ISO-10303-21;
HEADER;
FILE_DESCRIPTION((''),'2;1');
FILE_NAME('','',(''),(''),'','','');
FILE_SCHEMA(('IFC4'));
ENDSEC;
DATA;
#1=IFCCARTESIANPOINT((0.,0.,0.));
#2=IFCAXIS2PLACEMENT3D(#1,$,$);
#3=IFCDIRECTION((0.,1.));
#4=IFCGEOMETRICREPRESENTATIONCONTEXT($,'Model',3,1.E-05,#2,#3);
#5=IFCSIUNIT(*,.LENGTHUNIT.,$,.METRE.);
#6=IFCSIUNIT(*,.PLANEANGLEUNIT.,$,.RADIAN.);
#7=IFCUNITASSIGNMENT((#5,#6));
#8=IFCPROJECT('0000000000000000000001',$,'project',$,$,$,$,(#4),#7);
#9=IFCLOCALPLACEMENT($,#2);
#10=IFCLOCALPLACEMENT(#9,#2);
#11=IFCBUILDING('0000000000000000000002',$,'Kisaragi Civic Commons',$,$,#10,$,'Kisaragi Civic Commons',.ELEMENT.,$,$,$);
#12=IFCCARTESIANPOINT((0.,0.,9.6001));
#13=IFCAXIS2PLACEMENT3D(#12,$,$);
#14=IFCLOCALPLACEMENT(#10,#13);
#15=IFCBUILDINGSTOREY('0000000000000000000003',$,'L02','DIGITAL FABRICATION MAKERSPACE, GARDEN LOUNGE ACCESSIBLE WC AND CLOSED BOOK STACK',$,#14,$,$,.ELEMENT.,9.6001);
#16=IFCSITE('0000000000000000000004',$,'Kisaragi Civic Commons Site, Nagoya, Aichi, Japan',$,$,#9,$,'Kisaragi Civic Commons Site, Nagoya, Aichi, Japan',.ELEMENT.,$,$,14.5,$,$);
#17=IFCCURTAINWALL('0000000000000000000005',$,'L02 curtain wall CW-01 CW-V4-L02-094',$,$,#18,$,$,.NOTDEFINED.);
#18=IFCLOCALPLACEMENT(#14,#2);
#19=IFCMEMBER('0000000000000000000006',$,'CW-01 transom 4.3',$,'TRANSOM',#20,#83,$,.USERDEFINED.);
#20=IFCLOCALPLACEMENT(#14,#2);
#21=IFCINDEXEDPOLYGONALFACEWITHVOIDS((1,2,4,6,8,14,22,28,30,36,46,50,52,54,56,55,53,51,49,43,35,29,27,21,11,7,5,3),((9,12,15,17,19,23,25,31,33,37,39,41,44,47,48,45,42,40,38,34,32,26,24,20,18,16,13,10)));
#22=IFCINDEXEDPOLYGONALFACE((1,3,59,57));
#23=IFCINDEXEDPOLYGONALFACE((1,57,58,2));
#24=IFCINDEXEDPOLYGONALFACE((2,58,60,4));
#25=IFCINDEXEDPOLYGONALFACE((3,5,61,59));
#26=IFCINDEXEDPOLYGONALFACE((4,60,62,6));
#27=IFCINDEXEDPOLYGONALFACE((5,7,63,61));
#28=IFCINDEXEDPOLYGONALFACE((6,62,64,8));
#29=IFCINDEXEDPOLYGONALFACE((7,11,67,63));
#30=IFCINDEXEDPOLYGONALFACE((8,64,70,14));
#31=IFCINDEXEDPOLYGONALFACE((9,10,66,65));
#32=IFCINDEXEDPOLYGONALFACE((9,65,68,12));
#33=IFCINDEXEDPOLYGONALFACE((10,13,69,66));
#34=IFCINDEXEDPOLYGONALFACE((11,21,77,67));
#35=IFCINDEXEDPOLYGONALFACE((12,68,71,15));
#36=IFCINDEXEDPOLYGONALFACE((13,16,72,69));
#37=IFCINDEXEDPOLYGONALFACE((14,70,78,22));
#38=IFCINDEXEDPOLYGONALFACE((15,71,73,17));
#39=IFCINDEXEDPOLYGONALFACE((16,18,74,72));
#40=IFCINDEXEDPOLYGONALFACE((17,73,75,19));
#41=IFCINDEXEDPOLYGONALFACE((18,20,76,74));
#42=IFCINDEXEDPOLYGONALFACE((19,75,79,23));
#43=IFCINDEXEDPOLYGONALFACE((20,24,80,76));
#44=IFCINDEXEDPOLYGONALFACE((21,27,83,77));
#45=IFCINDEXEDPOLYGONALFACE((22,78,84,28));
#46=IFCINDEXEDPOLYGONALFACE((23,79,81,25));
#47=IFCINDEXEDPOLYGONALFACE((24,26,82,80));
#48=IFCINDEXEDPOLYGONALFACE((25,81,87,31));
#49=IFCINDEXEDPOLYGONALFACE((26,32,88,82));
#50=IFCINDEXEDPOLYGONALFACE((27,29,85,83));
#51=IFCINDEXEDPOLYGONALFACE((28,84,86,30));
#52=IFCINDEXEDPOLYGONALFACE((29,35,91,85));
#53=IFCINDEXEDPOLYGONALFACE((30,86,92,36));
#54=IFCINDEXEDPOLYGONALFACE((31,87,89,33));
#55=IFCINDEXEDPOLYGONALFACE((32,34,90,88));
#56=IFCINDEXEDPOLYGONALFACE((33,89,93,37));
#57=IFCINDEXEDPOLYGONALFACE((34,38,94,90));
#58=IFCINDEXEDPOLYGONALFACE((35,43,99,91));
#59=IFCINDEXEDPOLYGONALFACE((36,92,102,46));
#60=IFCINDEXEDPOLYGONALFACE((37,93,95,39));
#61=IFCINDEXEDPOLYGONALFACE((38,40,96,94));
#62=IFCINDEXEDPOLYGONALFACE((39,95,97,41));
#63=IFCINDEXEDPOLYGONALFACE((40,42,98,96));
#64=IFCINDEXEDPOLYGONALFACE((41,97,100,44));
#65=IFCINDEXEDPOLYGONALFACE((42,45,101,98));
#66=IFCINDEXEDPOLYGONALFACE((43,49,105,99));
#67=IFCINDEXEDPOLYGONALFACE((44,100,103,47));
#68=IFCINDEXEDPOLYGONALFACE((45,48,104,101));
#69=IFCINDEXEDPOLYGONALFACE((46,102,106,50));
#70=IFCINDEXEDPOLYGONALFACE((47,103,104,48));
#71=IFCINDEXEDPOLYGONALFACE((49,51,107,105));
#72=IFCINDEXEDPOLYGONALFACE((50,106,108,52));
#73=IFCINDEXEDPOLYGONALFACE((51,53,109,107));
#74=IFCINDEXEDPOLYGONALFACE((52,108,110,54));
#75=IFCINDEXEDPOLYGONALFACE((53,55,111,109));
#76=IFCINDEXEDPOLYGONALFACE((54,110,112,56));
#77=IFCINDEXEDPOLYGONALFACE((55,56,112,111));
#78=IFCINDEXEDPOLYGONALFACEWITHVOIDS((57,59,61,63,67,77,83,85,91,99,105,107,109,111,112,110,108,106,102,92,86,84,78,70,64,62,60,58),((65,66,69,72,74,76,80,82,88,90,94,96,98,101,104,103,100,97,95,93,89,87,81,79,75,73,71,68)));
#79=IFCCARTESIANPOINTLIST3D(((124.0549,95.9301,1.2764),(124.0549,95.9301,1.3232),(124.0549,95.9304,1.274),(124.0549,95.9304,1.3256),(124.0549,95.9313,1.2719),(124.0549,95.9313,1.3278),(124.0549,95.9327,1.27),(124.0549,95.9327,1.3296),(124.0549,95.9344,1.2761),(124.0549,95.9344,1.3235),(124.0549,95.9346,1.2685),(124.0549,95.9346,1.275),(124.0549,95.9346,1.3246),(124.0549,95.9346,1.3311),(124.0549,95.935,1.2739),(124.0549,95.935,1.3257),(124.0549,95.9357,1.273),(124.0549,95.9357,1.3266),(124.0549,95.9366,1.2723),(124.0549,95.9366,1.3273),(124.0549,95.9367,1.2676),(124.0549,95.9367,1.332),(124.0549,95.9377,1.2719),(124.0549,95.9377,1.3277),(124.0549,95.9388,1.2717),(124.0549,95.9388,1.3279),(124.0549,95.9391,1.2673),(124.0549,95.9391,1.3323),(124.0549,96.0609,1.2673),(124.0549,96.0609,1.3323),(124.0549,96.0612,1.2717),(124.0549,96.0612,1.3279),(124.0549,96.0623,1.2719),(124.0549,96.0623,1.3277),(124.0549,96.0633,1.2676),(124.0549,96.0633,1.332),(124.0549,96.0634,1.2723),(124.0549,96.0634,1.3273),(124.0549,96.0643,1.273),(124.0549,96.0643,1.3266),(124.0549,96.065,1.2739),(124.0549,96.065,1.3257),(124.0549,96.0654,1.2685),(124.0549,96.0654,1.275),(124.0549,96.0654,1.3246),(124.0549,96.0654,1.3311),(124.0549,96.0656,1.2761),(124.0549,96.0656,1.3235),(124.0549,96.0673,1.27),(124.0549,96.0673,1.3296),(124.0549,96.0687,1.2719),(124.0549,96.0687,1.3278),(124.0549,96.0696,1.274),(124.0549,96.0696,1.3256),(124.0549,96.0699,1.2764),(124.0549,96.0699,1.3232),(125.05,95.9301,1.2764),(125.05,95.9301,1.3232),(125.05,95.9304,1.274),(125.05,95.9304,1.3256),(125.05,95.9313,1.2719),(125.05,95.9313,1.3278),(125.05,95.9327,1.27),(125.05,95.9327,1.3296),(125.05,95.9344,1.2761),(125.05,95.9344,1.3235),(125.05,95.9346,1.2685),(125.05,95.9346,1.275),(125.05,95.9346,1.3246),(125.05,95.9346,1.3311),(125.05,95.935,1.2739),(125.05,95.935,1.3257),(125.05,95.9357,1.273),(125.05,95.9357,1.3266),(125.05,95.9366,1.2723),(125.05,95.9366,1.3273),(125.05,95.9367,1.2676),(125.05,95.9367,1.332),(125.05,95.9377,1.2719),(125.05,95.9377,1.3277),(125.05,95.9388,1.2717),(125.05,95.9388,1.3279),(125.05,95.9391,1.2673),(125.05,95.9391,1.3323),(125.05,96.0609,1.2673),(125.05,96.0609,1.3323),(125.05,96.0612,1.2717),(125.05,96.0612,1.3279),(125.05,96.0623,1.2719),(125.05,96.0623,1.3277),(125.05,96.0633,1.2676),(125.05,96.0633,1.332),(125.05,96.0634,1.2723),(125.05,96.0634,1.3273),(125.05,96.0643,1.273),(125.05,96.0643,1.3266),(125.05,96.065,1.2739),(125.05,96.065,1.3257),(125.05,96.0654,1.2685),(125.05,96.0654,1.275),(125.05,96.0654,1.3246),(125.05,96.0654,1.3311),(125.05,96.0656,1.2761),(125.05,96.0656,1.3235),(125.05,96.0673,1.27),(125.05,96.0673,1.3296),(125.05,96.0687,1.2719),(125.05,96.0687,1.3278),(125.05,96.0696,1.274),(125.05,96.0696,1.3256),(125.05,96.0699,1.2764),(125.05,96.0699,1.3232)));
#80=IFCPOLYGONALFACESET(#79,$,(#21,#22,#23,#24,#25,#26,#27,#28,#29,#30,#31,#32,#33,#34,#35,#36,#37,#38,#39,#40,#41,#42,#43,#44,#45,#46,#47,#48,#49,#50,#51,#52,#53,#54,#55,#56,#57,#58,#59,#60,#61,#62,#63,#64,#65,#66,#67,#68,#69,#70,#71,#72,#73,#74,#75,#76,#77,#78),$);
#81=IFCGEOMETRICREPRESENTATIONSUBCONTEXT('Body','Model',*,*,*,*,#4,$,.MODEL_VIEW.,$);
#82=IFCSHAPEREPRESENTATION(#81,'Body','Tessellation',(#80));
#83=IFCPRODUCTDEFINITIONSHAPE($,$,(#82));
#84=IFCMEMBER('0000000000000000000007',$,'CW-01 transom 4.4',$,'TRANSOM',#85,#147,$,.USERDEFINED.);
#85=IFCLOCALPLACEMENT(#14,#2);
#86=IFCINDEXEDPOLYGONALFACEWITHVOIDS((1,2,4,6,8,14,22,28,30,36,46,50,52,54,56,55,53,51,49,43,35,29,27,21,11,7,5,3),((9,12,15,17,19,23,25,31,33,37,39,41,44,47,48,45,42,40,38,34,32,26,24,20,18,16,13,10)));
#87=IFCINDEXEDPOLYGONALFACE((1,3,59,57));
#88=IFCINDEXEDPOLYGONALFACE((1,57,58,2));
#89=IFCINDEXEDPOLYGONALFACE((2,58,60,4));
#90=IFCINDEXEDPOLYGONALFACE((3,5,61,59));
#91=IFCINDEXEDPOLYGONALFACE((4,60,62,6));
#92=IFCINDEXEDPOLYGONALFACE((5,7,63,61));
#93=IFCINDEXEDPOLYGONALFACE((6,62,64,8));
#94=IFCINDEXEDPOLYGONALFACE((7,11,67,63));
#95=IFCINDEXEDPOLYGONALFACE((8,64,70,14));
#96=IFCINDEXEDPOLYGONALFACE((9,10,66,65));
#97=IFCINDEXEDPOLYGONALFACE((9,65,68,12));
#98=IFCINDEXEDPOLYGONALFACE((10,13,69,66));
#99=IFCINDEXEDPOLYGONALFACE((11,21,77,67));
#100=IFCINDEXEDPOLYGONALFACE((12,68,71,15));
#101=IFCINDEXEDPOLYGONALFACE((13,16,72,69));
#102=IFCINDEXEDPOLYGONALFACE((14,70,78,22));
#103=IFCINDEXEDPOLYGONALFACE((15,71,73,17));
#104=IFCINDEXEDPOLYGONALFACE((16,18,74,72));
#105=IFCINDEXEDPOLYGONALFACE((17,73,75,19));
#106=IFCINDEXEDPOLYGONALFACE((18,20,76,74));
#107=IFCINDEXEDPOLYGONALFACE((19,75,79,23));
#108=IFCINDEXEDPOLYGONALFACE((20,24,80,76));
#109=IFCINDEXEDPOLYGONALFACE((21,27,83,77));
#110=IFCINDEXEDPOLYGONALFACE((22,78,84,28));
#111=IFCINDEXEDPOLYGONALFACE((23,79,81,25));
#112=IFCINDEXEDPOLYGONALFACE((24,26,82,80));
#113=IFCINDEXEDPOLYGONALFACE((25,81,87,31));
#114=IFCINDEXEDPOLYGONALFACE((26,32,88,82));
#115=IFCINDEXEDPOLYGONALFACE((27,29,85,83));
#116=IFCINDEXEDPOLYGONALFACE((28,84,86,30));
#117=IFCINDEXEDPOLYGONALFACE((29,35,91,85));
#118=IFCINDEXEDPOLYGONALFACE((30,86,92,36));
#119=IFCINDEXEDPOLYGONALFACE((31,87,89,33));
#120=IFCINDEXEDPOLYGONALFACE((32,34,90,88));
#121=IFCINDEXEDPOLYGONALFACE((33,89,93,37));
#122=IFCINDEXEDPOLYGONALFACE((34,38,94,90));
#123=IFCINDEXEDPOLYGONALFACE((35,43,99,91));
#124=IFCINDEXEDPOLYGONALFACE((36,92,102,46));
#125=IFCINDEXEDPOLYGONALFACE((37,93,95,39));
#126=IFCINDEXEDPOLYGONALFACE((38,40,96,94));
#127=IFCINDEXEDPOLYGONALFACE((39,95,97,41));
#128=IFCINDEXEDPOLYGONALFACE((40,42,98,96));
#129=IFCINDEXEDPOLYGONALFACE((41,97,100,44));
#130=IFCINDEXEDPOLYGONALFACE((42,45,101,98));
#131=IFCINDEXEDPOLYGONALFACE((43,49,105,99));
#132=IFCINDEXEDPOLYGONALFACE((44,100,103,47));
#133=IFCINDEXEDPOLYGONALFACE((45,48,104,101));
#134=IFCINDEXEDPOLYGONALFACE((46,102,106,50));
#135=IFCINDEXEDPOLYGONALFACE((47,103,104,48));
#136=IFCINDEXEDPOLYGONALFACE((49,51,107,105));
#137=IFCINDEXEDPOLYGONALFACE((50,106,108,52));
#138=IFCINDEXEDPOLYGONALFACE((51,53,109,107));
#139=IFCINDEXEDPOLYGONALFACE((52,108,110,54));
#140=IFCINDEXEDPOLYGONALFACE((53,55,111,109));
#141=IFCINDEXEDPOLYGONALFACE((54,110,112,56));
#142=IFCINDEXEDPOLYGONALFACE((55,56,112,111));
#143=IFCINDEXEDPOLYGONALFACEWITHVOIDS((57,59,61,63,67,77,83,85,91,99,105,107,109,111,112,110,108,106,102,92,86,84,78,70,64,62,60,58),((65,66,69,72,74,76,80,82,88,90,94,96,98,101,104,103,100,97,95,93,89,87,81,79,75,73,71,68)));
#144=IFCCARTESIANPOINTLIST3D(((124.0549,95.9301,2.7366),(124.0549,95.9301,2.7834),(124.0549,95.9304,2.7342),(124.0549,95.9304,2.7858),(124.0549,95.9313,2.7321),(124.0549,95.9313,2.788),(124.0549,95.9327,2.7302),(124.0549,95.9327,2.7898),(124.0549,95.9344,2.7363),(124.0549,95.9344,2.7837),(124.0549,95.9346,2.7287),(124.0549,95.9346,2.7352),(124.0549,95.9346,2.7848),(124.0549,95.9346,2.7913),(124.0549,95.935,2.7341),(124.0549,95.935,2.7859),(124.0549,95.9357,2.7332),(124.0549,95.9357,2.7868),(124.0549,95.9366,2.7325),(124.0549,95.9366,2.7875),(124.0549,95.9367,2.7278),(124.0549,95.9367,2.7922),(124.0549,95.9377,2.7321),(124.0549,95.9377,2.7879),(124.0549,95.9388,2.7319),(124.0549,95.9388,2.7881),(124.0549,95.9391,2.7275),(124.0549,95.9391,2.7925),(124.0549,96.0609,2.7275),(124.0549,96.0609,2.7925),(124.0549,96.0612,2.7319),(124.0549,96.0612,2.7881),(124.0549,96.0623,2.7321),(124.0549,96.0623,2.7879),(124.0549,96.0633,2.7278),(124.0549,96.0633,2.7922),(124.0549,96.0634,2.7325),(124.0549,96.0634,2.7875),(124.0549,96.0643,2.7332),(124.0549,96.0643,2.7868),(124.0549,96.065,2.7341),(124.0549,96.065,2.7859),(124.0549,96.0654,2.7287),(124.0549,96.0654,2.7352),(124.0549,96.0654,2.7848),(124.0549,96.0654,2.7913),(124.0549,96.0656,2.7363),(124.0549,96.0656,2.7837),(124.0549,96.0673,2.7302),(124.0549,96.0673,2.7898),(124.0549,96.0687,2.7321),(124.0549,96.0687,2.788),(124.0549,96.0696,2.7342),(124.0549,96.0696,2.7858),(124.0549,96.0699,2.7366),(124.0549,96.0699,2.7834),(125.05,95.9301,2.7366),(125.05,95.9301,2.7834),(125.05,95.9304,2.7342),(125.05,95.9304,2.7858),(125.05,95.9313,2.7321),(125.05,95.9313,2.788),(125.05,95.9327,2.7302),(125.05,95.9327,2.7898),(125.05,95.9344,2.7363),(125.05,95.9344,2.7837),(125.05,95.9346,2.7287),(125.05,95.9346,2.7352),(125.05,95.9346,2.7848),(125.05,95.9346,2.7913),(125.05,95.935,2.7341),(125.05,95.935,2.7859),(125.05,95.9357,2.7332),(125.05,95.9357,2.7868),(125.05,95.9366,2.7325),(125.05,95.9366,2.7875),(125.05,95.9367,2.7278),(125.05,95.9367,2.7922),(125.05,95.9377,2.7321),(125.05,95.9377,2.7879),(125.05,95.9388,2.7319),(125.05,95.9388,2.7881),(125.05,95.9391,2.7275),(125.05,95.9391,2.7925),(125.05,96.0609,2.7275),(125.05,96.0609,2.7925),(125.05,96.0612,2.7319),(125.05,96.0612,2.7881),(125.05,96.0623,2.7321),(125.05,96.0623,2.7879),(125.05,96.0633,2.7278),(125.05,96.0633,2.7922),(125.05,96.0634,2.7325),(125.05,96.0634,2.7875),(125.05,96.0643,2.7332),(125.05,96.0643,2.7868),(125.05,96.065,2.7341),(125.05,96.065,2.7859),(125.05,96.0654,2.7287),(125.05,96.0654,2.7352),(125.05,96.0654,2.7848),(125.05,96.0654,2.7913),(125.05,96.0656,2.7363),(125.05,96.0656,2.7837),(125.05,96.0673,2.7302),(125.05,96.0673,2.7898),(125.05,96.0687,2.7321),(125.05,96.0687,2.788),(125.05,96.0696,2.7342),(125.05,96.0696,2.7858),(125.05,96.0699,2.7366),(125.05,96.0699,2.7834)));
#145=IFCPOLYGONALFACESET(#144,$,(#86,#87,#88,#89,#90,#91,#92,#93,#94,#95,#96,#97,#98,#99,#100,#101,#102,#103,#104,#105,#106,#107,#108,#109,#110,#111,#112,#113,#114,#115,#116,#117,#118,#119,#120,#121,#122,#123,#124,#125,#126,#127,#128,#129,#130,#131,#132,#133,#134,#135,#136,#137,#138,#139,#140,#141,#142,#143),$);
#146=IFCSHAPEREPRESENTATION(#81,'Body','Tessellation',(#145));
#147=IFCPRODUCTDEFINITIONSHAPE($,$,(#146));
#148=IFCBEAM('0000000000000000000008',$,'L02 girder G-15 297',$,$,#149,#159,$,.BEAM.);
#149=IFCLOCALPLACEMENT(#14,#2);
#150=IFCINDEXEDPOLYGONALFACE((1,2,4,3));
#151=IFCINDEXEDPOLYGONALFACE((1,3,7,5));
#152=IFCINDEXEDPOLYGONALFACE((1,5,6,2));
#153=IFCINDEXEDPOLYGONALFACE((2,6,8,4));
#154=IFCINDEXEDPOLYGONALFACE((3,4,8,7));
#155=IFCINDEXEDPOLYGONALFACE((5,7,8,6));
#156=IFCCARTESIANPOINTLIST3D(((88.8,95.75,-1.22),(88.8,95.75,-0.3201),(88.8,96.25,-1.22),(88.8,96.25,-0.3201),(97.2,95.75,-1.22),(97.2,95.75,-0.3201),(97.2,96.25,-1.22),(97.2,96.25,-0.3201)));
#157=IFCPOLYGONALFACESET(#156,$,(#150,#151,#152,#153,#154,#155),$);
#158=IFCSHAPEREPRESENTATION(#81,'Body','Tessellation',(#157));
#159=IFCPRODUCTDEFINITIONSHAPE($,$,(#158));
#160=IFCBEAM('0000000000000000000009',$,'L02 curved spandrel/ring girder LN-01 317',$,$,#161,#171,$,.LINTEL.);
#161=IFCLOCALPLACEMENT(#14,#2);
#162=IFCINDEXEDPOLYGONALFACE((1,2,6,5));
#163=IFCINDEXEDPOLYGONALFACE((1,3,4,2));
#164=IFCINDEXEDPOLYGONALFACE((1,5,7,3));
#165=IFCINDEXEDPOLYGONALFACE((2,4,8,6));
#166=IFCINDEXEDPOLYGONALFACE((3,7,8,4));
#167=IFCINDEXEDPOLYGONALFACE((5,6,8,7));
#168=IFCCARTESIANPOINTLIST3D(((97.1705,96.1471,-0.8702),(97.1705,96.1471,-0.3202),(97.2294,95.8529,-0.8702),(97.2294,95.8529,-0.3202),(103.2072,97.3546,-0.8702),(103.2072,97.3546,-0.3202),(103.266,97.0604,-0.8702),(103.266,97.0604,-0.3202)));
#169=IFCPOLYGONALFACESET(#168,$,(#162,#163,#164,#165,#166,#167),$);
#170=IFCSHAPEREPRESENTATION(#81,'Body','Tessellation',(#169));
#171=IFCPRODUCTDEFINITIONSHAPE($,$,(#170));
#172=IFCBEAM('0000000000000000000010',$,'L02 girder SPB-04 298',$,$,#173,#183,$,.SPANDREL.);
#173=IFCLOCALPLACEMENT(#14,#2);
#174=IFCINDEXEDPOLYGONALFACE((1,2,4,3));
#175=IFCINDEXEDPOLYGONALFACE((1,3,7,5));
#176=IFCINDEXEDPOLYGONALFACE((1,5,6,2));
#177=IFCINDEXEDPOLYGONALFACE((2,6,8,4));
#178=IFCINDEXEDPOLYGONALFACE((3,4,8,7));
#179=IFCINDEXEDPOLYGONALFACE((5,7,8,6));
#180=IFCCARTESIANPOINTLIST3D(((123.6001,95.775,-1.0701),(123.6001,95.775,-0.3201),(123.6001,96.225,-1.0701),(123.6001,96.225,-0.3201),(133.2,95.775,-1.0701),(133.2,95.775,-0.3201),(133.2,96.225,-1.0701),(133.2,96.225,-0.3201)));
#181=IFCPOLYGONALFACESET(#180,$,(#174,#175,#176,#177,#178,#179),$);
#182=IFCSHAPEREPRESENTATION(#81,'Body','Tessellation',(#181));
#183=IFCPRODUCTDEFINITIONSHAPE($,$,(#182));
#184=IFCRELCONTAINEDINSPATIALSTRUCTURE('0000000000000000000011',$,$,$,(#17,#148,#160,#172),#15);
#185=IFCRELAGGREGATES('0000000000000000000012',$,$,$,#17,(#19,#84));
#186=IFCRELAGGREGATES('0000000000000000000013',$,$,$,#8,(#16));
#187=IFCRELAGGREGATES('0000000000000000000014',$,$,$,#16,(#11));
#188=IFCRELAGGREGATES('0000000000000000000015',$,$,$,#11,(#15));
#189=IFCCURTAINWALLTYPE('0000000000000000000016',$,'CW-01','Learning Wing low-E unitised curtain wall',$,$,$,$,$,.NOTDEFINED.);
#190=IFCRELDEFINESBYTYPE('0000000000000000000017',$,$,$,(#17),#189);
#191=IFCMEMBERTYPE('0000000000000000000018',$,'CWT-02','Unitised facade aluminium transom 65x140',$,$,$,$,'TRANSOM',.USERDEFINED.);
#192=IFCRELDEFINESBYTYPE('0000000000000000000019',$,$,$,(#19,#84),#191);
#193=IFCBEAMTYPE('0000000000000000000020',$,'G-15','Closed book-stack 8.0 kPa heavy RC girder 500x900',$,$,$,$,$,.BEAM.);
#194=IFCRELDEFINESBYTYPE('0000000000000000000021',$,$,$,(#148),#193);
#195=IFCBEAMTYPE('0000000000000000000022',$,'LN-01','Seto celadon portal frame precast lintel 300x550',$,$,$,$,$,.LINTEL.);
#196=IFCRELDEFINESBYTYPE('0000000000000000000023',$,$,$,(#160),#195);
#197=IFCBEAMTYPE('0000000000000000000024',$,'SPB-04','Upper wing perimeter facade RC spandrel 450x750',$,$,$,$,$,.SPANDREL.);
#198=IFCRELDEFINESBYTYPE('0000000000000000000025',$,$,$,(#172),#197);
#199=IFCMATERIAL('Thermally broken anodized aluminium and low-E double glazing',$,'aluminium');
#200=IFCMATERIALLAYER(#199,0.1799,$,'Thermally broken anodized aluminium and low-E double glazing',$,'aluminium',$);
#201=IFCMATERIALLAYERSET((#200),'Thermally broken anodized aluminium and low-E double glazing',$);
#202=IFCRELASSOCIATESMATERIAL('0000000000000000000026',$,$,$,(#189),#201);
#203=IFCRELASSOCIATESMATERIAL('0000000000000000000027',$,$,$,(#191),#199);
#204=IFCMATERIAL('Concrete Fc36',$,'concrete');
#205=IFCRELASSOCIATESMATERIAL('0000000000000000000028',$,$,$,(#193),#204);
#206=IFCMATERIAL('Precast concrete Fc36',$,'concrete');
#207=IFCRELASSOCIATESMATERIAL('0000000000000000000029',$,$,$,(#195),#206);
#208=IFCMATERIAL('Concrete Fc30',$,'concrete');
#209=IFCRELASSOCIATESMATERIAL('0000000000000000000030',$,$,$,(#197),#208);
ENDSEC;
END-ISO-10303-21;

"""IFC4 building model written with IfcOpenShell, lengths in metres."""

from ifc_helpers import new_model, si_unit, direction, frame, origin, origin_2d, place, context, subcontext, project, spatial, rectangle, hollow_rectangle, extrude, material, layer, layer_set, material_profile, profile_set, type_object, element, aggregate, save


model = new_model("IFC4")

# Units and contexts
model_context = context("Model", 3, precision=1e-05, world=origin(), true_north=direction((0.0, 1.0)))
body_context = subcontext(model_context, "Body", "Model", "MODEL_VIEW")
ifc_project = project(units=[si_unit("LENGTHUNIT", "METRE"), si_unit("PLANEANGLEUNIT", "RADIAN")], contexts=[model_context])

# Site, building, storey
site_placement = place(None, origin())
site = spatial("IfcSite", under=ifc_project, at=site_placement, Name="Kisaragi Civic Commons Site, Nagoya, Aichi, Japan", LongName="Kisaragi Civic Commons Site, Nagoya, Aichi, Japan", CompositionType="ELEMENT", RefElevation=14.5)
building_placement = place(site_placement, origin())
building = spatial("IfcBuilding", under=site, at=building_placement, Name="Kisaragi Civic Commons", LongName="Kisaragi Civic Commons", CompositionType="ELEMENT")
storey_placement = place(building_placement, frame((0.0, 0.0, 9.6001)))
storey = spatial("IfcBuildingStorey", under=building, at=storey_placement, Name="L02", Description="DIGITAL FABRICATION MAKERSPACE, GARDEN LOUNGE ACCESSIBLE WC AND CLOSED BOOK STACK", CompositionType="ELEMENT", Elevation=9.6001)

# Shared definitions
ifc_material_1 = material(Name="Concrete Fc36", Category="concrete")

# Curtain wall, members
ifc_material_2 = material(Name="Thermally broken anodized aluminium and low-E double glazing", Category="aluminium")
ifc_layer_1 = layer(ifc_material_2, 0.1799, Name="Thermally broken anodized aluminium and low-E double glazing", Category="aluminium")
ifc_layer_set_1 = layer_set([ifc_layer_1], Name="Thermally broken anodized aluminium and low-E double glazing")
curtain_wall_type = type_object("IfcCurtainWallType", Name="CW-01", Description="Learning Wing low-E unitised curtain wall", PredefinedType="NOTDEFINED", material=ifc_layer_set_1)
curtain_wall_placement = place(storey_placement, origin())
curtain_wall = element("IfcCurtainWall", 1, at=curtain_wall_placement, inside=storey, type_object=curtain_wall_type, Name="L02 curtain wall CW-01 CW-V4-L02-094", PredefinedType="NOTDEFINED")
ifc_material_profile_1 = material_profile(ifc_material_2, hollow_rectangle(XDim=0.1399, YDim=0.0649, WallThickness=0.0044, InnerFilletRadius=0.0044, OuterFilletRadius=0.009, at=origin_2d()), Name="CWT-65x140x4.5", Category="aluminium")
ifc_profile_set_1 = profile_set([ifc_material_profile_1], Name="Thermally broken anodized aluminium and low-E double glazing")
member_type_1 = type_object("IfcMemberType", Name="CWT-02", Description="Unitised facade aluminium transom 65x140", ElementType="TRANSOM", PredefinedType="USERDEFINED", material=ifc_profile_set_1)
member_1_placement = place(storey_placement, frame((125.05, 96.0, 1.2998), z_axis=(-1.0, 0.0, 0.0), x_axis=(0.0, -1.0, 0.0)))
member_1 = element("IfcMember", 2, at=member_1_placement, type_object=member_type_1, Name="CW-01 transom 4.3", ObjectType="TRANSOM", PredefinedType="USERDEFINED", context=body_context, shape_type="SweptSolid", body=[
    extrude(hollow_rectangle(XDim=0.1399, YDim=0.0649, WallThickness=0.0044, InnerFilletRadius=0.0044, OuterFilletRadius=0.009, at=origin_2d()), origin(), (0.0, 0.0, 1.0), 0.9951),
])
member_2_placement = place(storey_placement, frame((125.05, 96.0, 2.76), z_axis=(-1.0, 0.0, 0.0), x_axis=(0.0, -1.0, 0.0)))
member_2 = element("IfcMember", 3, at=member_2_placement, type_object=member_type_1, Name="CW-01 transom 4.4", ObjectType="TRANSOM", PredefinedType="USERDEFINED", context=body_context, shape_type="SweptSolid", body=[
    extrude(hollow_rectangle(XDim=0.1399, YDim=0.0649, WallThickness=0.0044, InnerFilletRadius=0.0044, OuterFilletRadius=0.009, at=origin_2d()), origin(), (0.0, 0.0, 1.0), 0.9951),
])

# Beams
ifc_material_profile_2 = material_profile(ifc_material_1, rectangle(XDim=0.5, YDim=0.8999, at=origin_2d()), Name="RC-500x900", Category="concrete")
ifc_profile_set_2 = profile_set([ifc_material_profile_2], Name="Concrete Fc36")
beam_type_1 = type_object("IfcBeamType", Name="G-15", Description="Closed book-stack 8.0 kPa heavy RC girder 500x900", PredefinedType="BEAM", material=ifc_profile_set_2)
beam_1_placement = place(storey_placement, frame((88.8, 96.0, -0.77), z_axis=(1.0, 0.0, 0.0), x_axis=(0.0, 1.0, 0.0)))
element("IfcBeam", 4, at=beam_1_placement, inside=storey, type_object=beam_type_1, Name="L02 girder G-15 297", PredefinedType="BEAM", context=body_context, shape_type="SweptSolid", body=[
    extrude(rectangle(XDim=0.5, YDim=0.8999, at=origin_2d()), origin(), (0.0, 0.0, 1.0), 8.3999),
])
ifc_material_3 = material(Name="Precast concrete Fc36", Category="concrete")
ifc_material_profile_3 = material_profile(ifc_material_3, rectangle(XDim=0.3, YDim=0.55, at=origin_2d()), Name="PC-300x550", Category="concrete")
ifc_profile_set_3 = profile_set([ifc_material_profile_3], Name="Precast concrete Fc36")
beam_type_2 = type_object("IfcBeamType", Name="LN-01", Description="Seto celadon portal frame precast lintel 300x550", PredefinedType="LINTEL", material=ifc_profile_set_3)
beam_2_placement = place(storey_placement, frame((97.2, 96.0, -0.5952), z_axis=(0.980575, 0.196147, 0.0), x_axis=(-0.196147, 0.980575, 0.0)))
element("IfcBeam", 5, at=beam_2_placement, inside=storey, type_object=beam_type_2, Name="L02 curved spandrel/ring girder LN-01 317", PredefinedType="LINTEL", context=body_context, shape_type="SweptSolid", body=[
    extrude(rectangle(XDim=0.3, YDim=0.55, at=origin_2d()), origin(), (0.0, 0.0, 1.0), 6.1562),
])
ifc_material_4 = material(Name="Concrete Fc30", Category="concrete")
ifc_material_profile_4 = material_profile(ifc_material_4, rectangle(XDim=0.45, YDim=0.75, at=origin_2d()), Name="RC-450x750", Category="concrete")
ifc_profile_set_4 = profile_set([ifc_material_profile_4], Name="Concrete Fc30")
beam_type_3 = type_object("IfcBeamType", Name="SPB-04", Description="Upper wing perimeter facade RC spandrel 450x750", PredefinedType="SPANDREL", material=ifc_profile_set_4)
beam_3_placement = place(storey_placement, frame((123.6001, 96.0, -0.6951), z_axis=(1.0, 0.0, 0.0), x_axis=(0.0, 1.0, 0.0)))
element("IfcBeam", 6, at=beam_3_placement, inside=storey, type_object=beam_type_3, Name="L02 girder SPB-04 298", PredefinedType="SPANDREL", context=body_context, shape_type="SweptSolid", body=[
    extrude(rectangle(XDim=0.45, YDim=0.75, at=origin_2d()), origin(), (0.0, 0.0, 1.0), 9.5999),
])

aggregate(curtain_wall, [member_1, member_2])

save(model, "model.ifc")
